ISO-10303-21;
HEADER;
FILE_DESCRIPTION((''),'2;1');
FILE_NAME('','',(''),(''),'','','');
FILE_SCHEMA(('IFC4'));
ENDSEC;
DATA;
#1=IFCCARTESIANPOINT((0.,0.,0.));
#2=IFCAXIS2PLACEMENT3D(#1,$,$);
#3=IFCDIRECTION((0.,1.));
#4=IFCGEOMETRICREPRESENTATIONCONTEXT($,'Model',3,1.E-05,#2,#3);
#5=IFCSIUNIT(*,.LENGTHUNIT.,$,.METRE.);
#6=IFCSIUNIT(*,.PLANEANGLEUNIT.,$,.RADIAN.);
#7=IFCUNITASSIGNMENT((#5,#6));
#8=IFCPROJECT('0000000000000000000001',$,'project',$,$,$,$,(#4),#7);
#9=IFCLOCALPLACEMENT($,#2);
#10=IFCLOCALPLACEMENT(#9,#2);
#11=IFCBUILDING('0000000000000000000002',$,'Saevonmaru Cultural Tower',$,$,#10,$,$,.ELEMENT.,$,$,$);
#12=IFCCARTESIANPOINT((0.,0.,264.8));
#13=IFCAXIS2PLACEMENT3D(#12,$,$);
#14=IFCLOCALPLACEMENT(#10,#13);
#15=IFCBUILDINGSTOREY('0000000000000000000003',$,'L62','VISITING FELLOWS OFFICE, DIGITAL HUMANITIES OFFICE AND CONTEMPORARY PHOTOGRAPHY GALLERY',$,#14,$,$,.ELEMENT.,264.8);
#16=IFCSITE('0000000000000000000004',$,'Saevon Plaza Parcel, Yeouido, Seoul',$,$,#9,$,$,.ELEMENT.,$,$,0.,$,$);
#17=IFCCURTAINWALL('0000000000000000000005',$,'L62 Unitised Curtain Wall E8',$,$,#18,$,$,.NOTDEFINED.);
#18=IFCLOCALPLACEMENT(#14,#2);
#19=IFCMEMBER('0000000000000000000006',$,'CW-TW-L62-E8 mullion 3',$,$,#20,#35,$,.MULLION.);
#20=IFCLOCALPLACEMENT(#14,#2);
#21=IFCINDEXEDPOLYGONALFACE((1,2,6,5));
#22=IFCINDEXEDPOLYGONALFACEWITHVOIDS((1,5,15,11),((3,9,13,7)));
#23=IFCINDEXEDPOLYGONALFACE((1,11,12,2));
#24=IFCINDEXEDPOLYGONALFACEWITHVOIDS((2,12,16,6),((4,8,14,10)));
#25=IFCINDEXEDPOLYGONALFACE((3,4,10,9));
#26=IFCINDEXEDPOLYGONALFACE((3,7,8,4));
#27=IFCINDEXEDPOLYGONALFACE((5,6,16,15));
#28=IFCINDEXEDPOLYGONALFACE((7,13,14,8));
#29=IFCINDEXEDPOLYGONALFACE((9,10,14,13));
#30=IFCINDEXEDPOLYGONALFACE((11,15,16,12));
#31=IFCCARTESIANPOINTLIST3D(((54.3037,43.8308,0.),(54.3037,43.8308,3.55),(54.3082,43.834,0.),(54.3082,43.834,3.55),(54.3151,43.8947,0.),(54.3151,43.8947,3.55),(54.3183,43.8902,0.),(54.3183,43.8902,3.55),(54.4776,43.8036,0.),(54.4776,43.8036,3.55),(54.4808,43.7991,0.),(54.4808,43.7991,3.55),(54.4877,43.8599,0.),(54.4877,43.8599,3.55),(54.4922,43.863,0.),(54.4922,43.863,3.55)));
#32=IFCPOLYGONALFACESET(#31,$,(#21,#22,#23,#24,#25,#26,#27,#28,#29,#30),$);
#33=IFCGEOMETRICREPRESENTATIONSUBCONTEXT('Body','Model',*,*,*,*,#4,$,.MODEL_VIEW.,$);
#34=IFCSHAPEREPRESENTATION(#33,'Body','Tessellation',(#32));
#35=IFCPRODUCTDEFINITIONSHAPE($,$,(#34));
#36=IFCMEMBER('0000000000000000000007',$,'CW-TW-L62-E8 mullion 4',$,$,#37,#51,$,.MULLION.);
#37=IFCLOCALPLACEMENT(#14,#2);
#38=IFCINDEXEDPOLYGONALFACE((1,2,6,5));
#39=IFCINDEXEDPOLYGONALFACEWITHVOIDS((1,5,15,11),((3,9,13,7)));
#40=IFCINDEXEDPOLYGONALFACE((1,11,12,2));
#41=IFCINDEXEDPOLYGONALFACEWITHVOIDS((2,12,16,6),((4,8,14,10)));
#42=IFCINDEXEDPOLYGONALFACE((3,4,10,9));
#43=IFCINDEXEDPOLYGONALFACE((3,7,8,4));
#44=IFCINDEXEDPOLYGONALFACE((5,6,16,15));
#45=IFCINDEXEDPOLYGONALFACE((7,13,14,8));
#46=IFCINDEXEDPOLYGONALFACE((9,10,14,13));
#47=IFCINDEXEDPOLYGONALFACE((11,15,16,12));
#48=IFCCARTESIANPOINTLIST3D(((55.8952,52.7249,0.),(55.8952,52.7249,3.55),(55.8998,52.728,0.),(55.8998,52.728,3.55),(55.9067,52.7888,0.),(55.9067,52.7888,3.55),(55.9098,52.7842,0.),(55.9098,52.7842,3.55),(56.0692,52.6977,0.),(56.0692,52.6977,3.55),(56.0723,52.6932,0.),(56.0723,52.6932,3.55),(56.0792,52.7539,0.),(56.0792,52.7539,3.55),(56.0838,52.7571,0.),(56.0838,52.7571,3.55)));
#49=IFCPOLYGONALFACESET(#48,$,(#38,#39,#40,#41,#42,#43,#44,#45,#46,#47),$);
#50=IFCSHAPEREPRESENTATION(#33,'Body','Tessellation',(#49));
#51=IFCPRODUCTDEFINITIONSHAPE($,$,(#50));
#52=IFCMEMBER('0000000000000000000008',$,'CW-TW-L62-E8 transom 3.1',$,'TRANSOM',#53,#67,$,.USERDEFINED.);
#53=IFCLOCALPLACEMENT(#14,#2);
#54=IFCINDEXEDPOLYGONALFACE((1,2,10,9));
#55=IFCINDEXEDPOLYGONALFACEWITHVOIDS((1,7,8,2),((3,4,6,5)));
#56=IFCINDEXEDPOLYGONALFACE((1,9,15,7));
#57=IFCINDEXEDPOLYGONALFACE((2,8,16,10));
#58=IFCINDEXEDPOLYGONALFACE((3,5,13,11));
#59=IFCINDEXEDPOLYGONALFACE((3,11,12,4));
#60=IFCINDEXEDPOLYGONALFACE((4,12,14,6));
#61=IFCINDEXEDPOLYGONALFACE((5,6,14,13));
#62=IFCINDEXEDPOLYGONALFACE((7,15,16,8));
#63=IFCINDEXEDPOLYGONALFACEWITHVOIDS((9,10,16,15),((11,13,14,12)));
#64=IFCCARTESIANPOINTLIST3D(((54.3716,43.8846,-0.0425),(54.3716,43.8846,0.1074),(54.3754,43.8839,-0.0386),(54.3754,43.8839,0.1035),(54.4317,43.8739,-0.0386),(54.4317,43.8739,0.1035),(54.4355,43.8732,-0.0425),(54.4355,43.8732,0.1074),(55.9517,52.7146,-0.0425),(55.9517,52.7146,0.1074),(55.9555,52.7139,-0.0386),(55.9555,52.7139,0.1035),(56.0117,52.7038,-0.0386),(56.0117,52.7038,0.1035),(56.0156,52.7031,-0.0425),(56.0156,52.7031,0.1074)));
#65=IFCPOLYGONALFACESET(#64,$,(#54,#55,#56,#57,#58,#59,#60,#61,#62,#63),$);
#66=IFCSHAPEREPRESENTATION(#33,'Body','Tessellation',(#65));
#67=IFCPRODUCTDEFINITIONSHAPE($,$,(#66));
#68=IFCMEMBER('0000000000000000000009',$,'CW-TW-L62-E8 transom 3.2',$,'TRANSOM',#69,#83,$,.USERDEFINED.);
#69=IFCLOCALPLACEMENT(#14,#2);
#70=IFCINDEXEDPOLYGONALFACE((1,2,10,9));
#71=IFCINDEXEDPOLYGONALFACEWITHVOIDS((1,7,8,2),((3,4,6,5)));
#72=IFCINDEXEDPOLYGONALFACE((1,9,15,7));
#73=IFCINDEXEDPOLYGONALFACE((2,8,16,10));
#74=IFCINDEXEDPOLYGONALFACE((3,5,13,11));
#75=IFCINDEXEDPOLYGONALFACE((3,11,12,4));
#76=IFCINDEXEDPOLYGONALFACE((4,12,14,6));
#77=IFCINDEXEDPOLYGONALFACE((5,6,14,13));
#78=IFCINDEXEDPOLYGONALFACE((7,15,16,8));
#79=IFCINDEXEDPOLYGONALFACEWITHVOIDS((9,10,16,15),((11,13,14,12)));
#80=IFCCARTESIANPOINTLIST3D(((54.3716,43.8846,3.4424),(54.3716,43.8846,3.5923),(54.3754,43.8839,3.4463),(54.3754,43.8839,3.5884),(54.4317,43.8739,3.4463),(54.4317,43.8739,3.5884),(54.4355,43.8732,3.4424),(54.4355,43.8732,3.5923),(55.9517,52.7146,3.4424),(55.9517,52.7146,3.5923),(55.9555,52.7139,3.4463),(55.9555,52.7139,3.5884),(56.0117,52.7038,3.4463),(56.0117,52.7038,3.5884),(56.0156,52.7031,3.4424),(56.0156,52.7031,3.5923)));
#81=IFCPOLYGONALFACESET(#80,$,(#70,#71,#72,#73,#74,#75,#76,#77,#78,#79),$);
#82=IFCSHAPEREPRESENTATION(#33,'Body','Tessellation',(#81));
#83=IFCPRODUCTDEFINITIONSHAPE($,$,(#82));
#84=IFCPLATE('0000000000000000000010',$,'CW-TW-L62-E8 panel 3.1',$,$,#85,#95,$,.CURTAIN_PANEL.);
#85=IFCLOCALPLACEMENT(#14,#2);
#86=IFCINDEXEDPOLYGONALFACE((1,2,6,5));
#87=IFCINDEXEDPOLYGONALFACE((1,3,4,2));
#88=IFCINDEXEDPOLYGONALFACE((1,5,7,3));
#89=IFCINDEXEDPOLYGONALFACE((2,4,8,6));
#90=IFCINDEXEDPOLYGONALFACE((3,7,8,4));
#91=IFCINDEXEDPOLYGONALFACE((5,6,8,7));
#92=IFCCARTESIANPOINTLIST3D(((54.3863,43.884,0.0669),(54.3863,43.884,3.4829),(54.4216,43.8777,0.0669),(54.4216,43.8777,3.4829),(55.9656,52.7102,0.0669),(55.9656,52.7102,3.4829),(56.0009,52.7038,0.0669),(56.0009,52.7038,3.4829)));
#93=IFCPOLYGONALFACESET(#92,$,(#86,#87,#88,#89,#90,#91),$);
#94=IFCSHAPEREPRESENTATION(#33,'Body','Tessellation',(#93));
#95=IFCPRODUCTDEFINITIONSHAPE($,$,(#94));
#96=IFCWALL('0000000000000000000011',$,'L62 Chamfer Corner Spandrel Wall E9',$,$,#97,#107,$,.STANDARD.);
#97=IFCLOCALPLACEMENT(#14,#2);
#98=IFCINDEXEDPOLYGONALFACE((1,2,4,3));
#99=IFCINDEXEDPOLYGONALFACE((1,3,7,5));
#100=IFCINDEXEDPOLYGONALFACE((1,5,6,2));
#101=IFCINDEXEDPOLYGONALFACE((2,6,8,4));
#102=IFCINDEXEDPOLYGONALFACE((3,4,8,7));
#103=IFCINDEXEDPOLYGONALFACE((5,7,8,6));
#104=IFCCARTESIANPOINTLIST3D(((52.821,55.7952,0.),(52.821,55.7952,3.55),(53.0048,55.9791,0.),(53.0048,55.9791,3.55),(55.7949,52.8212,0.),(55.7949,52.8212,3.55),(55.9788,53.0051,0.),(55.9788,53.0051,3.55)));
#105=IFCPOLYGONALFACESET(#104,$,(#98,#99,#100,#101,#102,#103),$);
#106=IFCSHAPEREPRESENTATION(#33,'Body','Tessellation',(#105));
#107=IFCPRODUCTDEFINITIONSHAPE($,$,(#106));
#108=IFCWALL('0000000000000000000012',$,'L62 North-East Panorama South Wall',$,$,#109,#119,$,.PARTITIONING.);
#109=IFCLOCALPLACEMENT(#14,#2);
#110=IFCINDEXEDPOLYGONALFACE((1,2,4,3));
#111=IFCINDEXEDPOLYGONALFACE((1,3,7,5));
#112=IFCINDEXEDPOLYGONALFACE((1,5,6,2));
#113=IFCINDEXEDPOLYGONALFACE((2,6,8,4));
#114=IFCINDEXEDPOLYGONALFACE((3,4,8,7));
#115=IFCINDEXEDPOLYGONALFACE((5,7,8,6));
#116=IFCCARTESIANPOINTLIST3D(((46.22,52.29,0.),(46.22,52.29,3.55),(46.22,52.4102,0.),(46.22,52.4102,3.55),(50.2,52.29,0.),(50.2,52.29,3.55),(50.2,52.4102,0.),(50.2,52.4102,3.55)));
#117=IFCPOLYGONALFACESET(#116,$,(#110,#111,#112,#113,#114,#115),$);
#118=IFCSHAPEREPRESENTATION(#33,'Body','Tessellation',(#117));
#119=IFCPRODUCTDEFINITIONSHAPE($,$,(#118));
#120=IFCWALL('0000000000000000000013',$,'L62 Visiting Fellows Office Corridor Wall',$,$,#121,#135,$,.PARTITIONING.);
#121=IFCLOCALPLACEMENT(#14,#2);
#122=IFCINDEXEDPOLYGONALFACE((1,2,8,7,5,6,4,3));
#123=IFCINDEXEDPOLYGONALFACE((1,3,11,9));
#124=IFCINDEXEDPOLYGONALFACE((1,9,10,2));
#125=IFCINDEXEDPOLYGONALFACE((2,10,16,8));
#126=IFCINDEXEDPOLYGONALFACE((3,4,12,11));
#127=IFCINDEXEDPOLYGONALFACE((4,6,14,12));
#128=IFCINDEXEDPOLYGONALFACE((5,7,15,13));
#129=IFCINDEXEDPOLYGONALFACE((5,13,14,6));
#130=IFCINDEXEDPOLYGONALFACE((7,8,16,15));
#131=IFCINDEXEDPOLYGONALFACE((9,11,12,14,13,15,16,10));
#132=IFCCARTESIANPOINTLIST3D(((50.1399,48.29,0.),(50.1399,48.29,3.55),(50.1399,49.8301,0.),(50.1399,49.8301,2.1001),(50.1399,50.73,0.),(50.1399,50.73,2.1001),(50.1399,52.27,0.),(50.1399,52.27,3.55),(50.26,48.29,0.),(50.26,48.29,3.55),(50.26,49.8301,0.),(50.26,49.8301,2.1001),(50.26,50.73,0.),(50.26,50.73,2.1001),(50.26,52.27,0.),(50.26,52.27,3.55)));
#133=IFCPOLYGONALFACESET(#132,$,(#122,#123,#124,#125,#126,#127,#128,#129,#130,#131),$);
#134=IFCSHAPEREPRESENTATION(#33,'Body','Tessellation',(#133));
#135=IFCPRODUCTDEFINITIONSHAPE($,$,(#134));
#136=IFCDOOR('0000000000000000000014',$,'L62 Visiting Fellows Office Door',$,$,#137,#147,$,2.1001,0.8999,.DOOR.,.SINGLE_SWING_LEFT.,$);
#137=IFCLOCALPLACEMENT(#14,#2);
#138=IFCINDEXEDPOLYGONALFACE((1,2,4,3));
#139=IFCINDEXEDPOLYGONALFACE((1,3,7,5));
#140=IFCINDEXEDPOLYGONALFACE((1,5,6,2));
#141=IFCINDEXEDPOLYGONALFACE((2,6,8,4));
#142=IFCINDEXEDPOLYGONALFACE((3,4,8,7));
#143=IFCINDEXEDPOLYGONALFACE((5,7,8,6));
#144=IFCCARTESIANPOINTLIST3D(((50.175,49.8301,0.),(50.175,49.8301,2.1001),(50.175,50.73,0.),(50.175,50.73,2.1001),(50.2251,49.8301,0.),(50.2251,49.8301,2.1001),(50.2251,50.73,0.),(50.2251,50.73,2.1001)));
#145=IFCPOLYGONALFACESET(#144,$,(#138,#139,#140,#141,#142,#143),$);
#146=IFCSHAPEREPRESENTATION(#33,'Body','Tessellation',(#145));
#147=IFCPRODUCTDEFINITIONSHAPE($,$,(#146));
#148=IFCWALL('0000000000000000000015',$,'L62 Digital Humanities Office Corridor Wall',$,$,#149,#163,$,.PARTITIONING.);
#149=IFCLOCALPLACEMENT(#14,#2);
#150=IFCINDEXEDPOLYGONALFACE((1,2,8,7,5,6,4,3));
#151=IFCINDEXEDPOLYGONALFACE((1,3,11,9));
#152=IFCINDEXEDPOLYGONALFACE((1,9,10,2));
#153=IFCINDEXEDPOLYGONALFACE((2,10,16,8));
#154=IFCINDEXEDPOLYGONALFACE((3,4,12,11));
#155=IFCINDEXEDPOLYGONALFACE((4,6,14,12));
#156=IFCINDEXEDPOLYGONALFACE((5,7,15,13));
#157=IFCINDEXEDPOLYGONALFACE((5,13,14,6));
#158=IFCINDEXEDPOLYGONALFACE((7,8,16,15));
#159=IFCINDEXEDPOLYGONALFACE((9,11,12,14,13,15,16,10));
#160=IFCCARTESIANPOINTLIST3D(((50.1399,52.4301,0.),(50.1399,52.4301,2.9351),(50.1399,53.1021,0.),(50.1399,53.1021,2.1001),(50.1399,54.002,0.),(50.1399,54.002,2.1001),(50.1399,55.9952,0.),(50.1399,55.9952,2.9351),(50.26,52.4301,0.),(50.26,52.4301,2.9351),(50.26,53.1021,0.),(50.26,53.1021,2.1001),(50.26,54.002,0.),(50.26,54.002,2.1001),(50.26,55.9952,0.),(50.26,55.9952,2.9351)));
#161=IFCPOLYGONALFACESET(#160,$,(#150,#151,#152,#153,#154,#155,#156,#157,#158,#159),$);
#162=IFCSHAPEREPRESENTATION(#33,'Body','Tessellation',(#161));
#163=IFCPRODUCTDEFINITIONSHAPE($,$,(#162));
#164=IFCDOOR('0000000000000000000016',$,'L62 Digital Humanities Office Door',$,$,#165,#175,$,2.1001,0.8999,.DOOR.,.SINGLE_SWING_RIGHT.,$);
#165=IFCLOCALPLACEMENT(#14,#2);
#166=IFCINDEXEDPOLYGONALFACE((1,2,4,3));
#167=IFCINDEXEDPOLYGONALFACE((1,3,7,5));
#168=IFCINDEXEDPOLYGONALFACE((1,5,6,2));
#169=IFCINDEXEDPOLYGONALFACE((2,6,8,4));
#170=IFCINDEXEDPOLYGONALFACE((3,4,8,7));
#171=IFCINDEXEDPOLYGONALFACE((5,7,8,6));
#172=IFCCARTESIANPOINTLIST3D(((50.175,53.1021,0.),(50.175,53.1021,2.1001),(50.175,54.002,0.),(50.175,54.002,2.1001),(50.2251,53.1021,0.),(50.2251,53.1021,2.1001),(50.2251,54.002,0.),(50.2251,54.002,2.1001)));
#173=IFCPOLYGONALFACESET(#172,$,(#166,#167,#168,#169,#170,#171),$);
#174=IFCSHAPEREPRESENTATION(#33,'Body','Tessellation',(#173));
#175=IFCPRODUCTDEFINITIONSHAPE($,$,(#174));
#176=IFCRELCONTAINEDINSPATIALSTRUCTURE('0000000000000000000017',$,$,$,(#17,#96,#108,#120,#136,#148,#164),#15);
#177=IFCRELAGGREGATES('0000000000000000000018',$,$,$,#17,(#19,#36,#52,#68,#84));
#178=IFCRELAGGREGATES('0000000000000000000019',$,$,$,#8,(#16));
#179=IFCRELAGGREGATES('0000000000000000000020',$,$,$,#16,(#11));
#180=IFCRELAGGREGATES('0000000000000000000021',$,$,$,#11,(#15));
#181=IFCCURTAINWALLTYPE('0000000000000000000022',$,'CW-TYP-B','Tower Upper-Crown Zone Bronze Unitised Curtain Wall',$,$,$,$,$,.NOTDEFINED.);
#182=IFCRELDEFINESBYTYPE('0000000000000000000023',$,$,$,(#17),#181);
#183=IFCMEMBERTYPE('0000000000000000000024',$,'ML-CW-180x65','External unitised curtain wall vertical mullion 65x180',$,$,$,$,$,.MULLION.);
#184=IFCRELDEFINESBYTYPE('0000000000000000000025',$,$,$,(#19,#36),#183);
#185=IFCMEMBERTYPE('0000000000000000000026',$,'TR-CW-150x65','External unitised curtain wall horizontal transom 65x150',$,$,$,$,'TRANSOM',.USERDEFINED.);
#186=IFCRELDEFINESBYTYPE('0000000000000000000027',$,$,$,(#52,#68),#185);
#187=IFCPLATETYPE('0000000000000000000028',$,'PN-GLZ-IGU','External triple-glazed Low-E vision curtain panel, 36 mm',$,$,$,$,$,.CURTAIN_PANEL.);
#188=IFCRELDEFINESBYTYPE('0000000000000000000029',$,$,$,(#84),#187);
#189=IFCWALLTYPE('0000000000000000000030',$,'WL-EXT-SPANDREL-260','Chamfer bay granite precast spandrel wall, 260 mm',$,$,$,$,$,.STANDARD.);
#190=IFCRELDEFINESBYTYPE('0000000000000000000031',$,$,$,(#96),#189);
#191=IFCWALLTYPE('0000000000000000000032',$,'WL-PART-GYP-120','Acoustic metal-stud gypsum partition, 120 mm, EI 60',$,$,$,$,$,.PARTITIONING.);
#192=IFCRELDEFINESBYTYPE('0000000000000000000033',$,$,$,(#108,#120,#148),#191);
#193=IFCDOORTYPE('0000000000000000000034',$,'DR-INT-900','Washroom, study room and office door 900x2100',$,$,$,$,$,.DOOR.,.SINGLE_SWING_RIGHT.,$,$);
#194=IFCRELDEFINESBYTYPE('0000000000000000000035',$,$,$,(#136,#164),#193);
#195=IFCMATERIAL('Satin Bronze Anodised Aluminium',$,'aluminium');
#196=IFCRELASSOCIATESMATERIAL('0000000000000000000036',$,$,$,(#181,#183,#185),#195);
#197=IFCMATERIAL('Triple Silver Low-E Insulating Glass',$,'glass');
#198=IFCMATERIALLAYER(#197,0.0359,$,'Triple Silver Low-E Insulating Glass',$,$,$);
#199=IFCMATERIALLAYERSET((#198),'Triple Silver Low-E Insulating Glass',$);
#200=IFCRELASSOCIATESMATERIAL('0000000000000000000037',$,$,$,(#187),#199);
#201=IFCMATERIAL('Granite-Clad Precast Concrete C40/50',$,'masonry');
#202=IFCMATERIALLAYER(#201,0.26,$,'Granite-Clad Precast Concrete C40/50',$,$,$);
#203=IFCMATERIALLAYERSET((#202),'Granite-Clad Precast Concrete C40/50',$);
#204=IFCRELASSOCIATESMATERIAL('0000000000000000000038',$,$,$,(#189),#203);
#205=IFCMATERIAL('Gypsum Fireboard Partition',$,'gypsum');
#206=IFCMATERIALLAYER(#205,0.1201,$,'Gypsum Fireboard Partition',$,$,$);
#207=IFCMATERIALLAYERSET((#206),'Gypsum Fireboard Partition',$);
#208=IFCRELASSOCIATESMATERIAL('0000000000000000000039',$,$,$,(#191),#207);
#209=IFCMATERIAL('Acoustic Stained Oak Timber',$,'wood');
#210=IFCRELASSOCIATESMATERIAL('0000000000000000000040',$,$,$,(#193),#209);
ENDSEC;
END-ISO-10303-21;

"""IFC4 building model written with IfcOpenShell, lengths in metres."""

from ifc_helpers import new_model, si_unit, direction, frame, frame_2d, origin, origin_2d, place, context, subcontext, project, spatial, rectangle, hollow_rectangle, extrude, material, layer, layer_set, material_profile, profile_set, type_object, element, fill, aggregate, save


model = new_model("IFC4")

# Units and contexts
model_context = context("Model", 3, precision=1e-05, world=origin(), true_north=direction((0.0, 1.0)))
body_context = subcontext(model_context, "Body", "Model", "MODEL_VIEW")
ifc_project = project(units=[si_unit("LENGTHUNIT", "METRE"), si_unit("PLANEANGLEUNIT", "RADIAN")], contexts=[model_context])

# Site, building, storey
site_placement = place(None, origin())
site = spatial("IfcSite", under=ifc_project, at=site_placement, Name="Saevon Plaza Parcel, Yeouido, Seoul", CompositionType="ELEMENT", RefElevation=0.0)
building_placement = place(site_placement, origin())
building = spatial("IfcBuilding", under=site, at=building_placement, Name="Saevonmaru Cultural Tower", CompositionType="ELEMENT")
storey_placement = place(building_placement, frame((0.0, 0.0, 264.8)))
storey = spatial("IfcBuildingStorey", under=building, at=storey_placement, Name="L62", Description="VISITING FELLOWS OFFICE, DIGITAL HUMANITIES OFFICE AND CONTEMPORARY PHOTOGRAPHY GALLERY", CompositionType="ELEMENT", Elevation=264.8)

# Curtain wall, members, plate
ifc_material_1 = material(Name="Satin Bronze Anodised Aluminium", Category="aluminium")
curtain_wall_type = type_object("IfcCurtainWallType", Name="CW-TYP-B", Description="Tower Upper-Crown Zone Bronze Unitised Curtain Wall", PredefinedType="NOTDEFINED", material=ifc_material_1)
curtain_wall_placement = place(storey_placement, origin())
curtain_wall = element("IfcCurtainWall", 1, at=curtain_wall_placement, inside=storey, type_object=curtain_wall_type, Name="L62 Unitised Curtain Wall E8", PredefinedType="NOTDEFINED")
ifc_material_profile_1 = material_profile(ifc_material_1, hollow_rectangle(XDim=0.0649, YDim=0.1799, WallThickness=0.0039, at=origin_2d()), Name="ALU-MULL-180x65x4")
ifc_profile_set_1 = profile_set([ifc_material_profile_1], Name="Satin Bronze Anodised Aluminium")
member_type_1 = type_object("IfcMemberType", Name="ML-CW-180x65", Description="External unitised curtain wall vertical mullion 65x180", PredefinedType="MULLION", material=ifc_profile_set_1)
member_1_placement = place(storey_placement, frame((54.3979, 43.8469, 0.0), z_axis=(0.0, 0.0, 1.0), x_axis=(0.176141, 0.984365, 0.0)))
member_1 = element("IfcMember", 2, at=member_1_placement, type_object=member_type_1, Name="CW-TW-L62-E8 mullion 3", PredefinedType="MULLION", context=body_context, shape_type="SweptSolid", body=[
    extrude(hollow_rectangle(XDim=0.0649, YDim=0.1799, WallThickness=0.0039, at=origin_2d()), origin(), (0.0, 0.0, 1.0), 3.55),
])
member_2_placement = place(storey_placement, frame((55.9895, 52.741, 0.0), z_axis=(0.0, 0.0, 1.0), x_axis=(0.176141, 0.984365, 0.0)))
member_2 = element("IfcMember", 3, at=member_2_placement, type_object=member_type_1, Name="CW-TW-L62-E8 mullion 4", PredefinedType="MULLION", context=body_context, shape_type="SweptSolid", body=[
    extrude(hollow_rectangle(XDim=0.0649, YDim=0.1799, WallThickness=0.0039, at=origin_2d()), origin(), (0.0, 0.0, 1.0), 3.55),
])
ifc_material_profile_2 = material_profile(ifc_material_1, hollow_rectangle(XDim=0.0649, YDim=0.1499, WallThickness=0.0039, at=origin_2d()), Name="ALU-TRAN-150x65x4")
ifc_profile_set_2 = profile_set([ifc_material_profile_2], Name="Satin Bronze Anodised Aluminium")
member_type_2 = type_object("IfcMemberType", Name="TR-CW-150x65", Description="External unitised curtain wall horizontal transom 65x150", ElementType="TRANSOM", PredefinedType="USERDEFINED", material=ifc_profile_set_2)
member_3_placement = place(storey_placement, frame((54.4036, 43.8789, 0.0325), z_axis=(0.176145, 0.984364, 0.0), x_axis=(-0.984364, 0.176145, 0.0)))
member_3 = element("IfcMember", 4, at=member_3_placement, type_object=member_type_2, Name="CW-TW-L62-E8 transom 3.1", ObjectType="TRANSOM", PredefinedType="USERDEFINED", context=body_context, shape_type="SweptSolid", body=[
    extrude(hollow_rectangle(XDim=0.0649, YDim=0.1499, WallThickness=0.0039, at=origin_2d()), origin(), (0.0, 0.0, 1.0), 8.9702),
])
member_4_placement = place(storey_placement, frame((54.4036, 43.8789, 3.5173), z_axis=(0.176145, 0.984364, 0.0), x_axis=(-0.984364, 0.176145, 0.0)))
member_4 = element("IfcMember", 5, at=member_4_placement, type_object=member_type_2, Name="CW-TW-L62-E8 transom 3.2", ObjectType="TRANSOM", PredefinedType="USERDEFINED", context=body_context, shape_type="SweptSolid", body=[
    extrude(hollow_rectangle(XDim=0.0649, YDim=0.1499, WallThickness=0.0039, at=origin_2d()), origin(), (0.0, 0.0, 1.0), 8.9702),
])
ifc_material_2 = material(Name="Triple Silver Low-E Insulating Glass", Category="glass")
ifc_layer_1 = layer(ifc_material_2, 0.0359, Name="Triple Silver Low-E Insulating Glass")
ifc_layer_set_1 = layer_set([ifc_layer_1], Name="Triple Silver Low-E Insulating Glass")
plate_type = type_object("IfcPlateType", Name="PN-GLZ-IGU", Description="External triple-glazed Low-E vision curtain panel, 36 mm", PredefinedType="CURTAIN_PANEL", material=ifc_layer_set_1)
plate_placement = place(storey_placement, frame((55.1936, 48.2939, 0.0669), z_axis=(0.0, 0.0, 1.0), x_axis=(0.176141, 0.984365, 0.0)))
plate = element("IfcPlate", 6, at=plate_placement, type_object=plate_type, Name="CW-TW-L62-E8 panel 3.1", PredefinedType="CURTAIN_PANEL", context=body_context, shape_type="SweptSolid", body=[
    extrude(rectangle(XDim=8.9663, YDim=0.0359, at=origin_2d()), origin(), (0.0, 0.0, 1.0), 3.416),
])
aggregate(curtain_wall, [member_1, member_2, member_3, member_4, plate])

# Walls
ifc_material_3 = material(Name="Granite-Clad Precast Concrete C40/50", Category="masonry")
ifc_layer_2 = layer(ifc_material_3, 0.26, Name="Granite-Clad Precast Concrete C40/50")
ifc_layer_set_2 = layer_set([ifc_layer_2], Name="Granite-Clad Precast Concrete C40/50")
wall_type_1 = type_object("IfcWallType", Name="WL-EXT-SPANDREL-260", Description="Chamfer bay granite precast spandrel wall, 260 mm", PredefinedType="STANDARD", material=ifc_layer_set_2)
wall_1_placement = place(storey_placement, frame((55.887, 52.9131, 0.0), z_axis=(0.0, 0.0, 1.0), x_axis=(-0.707107, 0.707107, 0.0)))
element("IfcWall", 7, at=wall_1_placement, inside=storey, type_object=wall_type_1, Name="L62 Chamfer Corner Spandrel Wall E9", PredefinedType="STANDARD", context=body_context, shape_type="SweptSolid", body=[
    extrude(rectangle(XDim=4.2058, YDim=0.26, at=frame_2d((2.103, 0.0))), origin(), (0.0, 0.0, 1.0), 3.55),
])
ifc_material_4 = material(Name="Gypsum Fireboard Partition", Category="gypsum")
ifc_layer_3 = layer(ifc_material_4, 0.1201, Name="Gypsum Fireboard Partition")
ifc_layer_set_3 = layer_set([ifc_layer_3], Name="Gypsum Fireboard Partition")
wall_type_2 = type_object("IfcWallType", Name="WL-PART-GYP-120", Description="Acoustic metal-stud gypsum partition, 120 mm, EI 60", PredefinedType="PARTITIONING", material=ifc_layer_set_3)
wall_2_placement = place(storey_placement, frame((46.22, 52.3501, 0.0), z_axis=(0.0, 0.0, 1.0), x_axis=(1.0, 0.0, 0.0)))
element("IfcWall", 8, at=wall_2_placement, inside=storey, type_object=wall_type_2, Name="L62 North-East Panorama South Wall", PredefinedType="PARTITIONING", context=body_context, shape_type="SweptSolid", body=[
    extrude(rectangle(XDim=3.98, YDim=0.1201, at=frame_2d((1.99, 0.0))), origin(), (0.0, 0.0, 1.0), 3.55),
])

# Walls, openings, doors
wall_3_placement = place(storey_placement, frame((50.2, 48.29, 0.0), z_axis=(0.0, 0.0, 1.0), x_axis=(0.0, 1.0, 0.0)))
wall_3 = element("IfcWall", 9, at=wall_3_placement, inside=storey, type_object=wall_type_2, Name="L62 Visiting Fellows Office Corridor Wall", PredefinedType="PARTITIONING", context=body_context, shape_type="SweptSolid", body=[
    extrude(rectangle(XDim=3.98, YDim=0.1201, at=frame_2d((1.99, 0.0))), origin(), (0.0, 0.0, 1.0), 3.55),
])
opening_1_placement = place(wall_3_placement, frame((1.54, 0.0, 0.0)))
opening_1 = element("IfcOpeningElement", 10, at=opening_1_placement, cuts=wall_3, PredefinedType="OPENING", context=body_context, shape_type="SweptSolid", body=[
    extrude(rectangle(XDim=0.8999, YDim=2.1001, at=frame_2d((0.45, 1.05))), frame((0.0, 0.0701, 0.0), z_axis=(0.0, -1.0, 0.0), x_axis=(1.0, 0.0, 0.0)), (0.0, 0.0, 1.0), 0.1401),
])
ifc_material_5 = material(Name="Acoustic Stained Oak Timber", Category="wood")
door_type_1 = type_object("IfcDoorType", Name="DR-INT-900", Description="Washroom, study room and office door 900x2100", OperationType="SINGLE_SWING_RIGHT", PredefinedType="DOOR", material=ifc_material_5)
door_1_placement = place(opening_1_placement, origin())
door_1 = element("IfcDoor", 11, at=door_1_placement, inside=storey, type_object=door_type_1, Name="L62 Visiting Fellows Office Door", OperationType="SINGLE_SWING_LEFT", OverallHeight=2.1001, OverallWidth=0.8999, PredefinedType="DOOR", context=body_context, shape_type="SweptSolid", body=[
    extrude(rectangle(XDim=0.8999, YDim=2.1001, at=frame_2d((0.45, 1.05))), frame((0.0, 0.0249, 0.0), z_axis=(0.0, -1.0, 0.0), x_axis=(1.0, 0.0, 0.0)), (0.0, 0.0, 1.0), 0.05),
])
fill(opening_1, door_1)
wall_4_placement = place(storey_placement, frame((50.2, 52.4299, 0.0), z_axis=(0.0, 0.0, 1.0), x_axis=(0.0, 1.0, 0.0)))
wall_4 = element("IfcWall", 12, at=wall_4_placement, inside=storey, type_object=wall_type_2, Name="L62 Digital Humanities Office Corridor Wall", PredefinedType="PARTITIONING", context=body_context, shape_type="SweptSolid", body=[
    extrude(rectangle(XDim=3.5652, YDim=0.1201, at=frame_2d((1.7827, 0.0))), origin(), (0.0, 0.0, 1.0), 2.9351),
])
opening_2_placement = place(wall_4_placement, frame((0.6721, 0.0, 0.0)))
opening_2 = element("IfcOpeningElement", 13, at=opening_2_placement, cuts=wall_4, PredefinedType="OPENING", context=body_context, shape_type="SweptSolid", body=[
    extrude(rectangle(XDim=0.8999, YDim=2.1001, at=frame_2d((0.45, 1.05))), frame((0.0, 0.0701, 0.0), z_axis=(0.0, -1.0, 0.0), x_axis=(1.0, 0.0, 0.0)), (0.0, 0.0, 1.0), 0.1401),
])
door_2_placement = place(opening_2_placement, origin())
door_2 = element("IfcDoor", 14, at=door_2_placement, inside=storey, type_object=door_type_1, Name="L62 Digital Humanities Office Door", OperationType="SINGLE_SWING_RIGHT", OverallHeight=2.1001, OverallWidth=0.8999, PredefinedType="DOOR", context=body_context, shape_type="SweptSolid", body=[
    extrude(rectangle(XDim=0.8999, YDim=2.1001, at=frame_2d((0.45, 1.05))), frame((0.0, 0.0249, 0.0), z_axis=(0.0, -1.0, 0.0), x_axis=(1.0, 0.0, 0.0)), (0.0, 0.0, 1.0), 0.05),
])
fill(opening_2, door_2)

save(model, "model.ifc")
